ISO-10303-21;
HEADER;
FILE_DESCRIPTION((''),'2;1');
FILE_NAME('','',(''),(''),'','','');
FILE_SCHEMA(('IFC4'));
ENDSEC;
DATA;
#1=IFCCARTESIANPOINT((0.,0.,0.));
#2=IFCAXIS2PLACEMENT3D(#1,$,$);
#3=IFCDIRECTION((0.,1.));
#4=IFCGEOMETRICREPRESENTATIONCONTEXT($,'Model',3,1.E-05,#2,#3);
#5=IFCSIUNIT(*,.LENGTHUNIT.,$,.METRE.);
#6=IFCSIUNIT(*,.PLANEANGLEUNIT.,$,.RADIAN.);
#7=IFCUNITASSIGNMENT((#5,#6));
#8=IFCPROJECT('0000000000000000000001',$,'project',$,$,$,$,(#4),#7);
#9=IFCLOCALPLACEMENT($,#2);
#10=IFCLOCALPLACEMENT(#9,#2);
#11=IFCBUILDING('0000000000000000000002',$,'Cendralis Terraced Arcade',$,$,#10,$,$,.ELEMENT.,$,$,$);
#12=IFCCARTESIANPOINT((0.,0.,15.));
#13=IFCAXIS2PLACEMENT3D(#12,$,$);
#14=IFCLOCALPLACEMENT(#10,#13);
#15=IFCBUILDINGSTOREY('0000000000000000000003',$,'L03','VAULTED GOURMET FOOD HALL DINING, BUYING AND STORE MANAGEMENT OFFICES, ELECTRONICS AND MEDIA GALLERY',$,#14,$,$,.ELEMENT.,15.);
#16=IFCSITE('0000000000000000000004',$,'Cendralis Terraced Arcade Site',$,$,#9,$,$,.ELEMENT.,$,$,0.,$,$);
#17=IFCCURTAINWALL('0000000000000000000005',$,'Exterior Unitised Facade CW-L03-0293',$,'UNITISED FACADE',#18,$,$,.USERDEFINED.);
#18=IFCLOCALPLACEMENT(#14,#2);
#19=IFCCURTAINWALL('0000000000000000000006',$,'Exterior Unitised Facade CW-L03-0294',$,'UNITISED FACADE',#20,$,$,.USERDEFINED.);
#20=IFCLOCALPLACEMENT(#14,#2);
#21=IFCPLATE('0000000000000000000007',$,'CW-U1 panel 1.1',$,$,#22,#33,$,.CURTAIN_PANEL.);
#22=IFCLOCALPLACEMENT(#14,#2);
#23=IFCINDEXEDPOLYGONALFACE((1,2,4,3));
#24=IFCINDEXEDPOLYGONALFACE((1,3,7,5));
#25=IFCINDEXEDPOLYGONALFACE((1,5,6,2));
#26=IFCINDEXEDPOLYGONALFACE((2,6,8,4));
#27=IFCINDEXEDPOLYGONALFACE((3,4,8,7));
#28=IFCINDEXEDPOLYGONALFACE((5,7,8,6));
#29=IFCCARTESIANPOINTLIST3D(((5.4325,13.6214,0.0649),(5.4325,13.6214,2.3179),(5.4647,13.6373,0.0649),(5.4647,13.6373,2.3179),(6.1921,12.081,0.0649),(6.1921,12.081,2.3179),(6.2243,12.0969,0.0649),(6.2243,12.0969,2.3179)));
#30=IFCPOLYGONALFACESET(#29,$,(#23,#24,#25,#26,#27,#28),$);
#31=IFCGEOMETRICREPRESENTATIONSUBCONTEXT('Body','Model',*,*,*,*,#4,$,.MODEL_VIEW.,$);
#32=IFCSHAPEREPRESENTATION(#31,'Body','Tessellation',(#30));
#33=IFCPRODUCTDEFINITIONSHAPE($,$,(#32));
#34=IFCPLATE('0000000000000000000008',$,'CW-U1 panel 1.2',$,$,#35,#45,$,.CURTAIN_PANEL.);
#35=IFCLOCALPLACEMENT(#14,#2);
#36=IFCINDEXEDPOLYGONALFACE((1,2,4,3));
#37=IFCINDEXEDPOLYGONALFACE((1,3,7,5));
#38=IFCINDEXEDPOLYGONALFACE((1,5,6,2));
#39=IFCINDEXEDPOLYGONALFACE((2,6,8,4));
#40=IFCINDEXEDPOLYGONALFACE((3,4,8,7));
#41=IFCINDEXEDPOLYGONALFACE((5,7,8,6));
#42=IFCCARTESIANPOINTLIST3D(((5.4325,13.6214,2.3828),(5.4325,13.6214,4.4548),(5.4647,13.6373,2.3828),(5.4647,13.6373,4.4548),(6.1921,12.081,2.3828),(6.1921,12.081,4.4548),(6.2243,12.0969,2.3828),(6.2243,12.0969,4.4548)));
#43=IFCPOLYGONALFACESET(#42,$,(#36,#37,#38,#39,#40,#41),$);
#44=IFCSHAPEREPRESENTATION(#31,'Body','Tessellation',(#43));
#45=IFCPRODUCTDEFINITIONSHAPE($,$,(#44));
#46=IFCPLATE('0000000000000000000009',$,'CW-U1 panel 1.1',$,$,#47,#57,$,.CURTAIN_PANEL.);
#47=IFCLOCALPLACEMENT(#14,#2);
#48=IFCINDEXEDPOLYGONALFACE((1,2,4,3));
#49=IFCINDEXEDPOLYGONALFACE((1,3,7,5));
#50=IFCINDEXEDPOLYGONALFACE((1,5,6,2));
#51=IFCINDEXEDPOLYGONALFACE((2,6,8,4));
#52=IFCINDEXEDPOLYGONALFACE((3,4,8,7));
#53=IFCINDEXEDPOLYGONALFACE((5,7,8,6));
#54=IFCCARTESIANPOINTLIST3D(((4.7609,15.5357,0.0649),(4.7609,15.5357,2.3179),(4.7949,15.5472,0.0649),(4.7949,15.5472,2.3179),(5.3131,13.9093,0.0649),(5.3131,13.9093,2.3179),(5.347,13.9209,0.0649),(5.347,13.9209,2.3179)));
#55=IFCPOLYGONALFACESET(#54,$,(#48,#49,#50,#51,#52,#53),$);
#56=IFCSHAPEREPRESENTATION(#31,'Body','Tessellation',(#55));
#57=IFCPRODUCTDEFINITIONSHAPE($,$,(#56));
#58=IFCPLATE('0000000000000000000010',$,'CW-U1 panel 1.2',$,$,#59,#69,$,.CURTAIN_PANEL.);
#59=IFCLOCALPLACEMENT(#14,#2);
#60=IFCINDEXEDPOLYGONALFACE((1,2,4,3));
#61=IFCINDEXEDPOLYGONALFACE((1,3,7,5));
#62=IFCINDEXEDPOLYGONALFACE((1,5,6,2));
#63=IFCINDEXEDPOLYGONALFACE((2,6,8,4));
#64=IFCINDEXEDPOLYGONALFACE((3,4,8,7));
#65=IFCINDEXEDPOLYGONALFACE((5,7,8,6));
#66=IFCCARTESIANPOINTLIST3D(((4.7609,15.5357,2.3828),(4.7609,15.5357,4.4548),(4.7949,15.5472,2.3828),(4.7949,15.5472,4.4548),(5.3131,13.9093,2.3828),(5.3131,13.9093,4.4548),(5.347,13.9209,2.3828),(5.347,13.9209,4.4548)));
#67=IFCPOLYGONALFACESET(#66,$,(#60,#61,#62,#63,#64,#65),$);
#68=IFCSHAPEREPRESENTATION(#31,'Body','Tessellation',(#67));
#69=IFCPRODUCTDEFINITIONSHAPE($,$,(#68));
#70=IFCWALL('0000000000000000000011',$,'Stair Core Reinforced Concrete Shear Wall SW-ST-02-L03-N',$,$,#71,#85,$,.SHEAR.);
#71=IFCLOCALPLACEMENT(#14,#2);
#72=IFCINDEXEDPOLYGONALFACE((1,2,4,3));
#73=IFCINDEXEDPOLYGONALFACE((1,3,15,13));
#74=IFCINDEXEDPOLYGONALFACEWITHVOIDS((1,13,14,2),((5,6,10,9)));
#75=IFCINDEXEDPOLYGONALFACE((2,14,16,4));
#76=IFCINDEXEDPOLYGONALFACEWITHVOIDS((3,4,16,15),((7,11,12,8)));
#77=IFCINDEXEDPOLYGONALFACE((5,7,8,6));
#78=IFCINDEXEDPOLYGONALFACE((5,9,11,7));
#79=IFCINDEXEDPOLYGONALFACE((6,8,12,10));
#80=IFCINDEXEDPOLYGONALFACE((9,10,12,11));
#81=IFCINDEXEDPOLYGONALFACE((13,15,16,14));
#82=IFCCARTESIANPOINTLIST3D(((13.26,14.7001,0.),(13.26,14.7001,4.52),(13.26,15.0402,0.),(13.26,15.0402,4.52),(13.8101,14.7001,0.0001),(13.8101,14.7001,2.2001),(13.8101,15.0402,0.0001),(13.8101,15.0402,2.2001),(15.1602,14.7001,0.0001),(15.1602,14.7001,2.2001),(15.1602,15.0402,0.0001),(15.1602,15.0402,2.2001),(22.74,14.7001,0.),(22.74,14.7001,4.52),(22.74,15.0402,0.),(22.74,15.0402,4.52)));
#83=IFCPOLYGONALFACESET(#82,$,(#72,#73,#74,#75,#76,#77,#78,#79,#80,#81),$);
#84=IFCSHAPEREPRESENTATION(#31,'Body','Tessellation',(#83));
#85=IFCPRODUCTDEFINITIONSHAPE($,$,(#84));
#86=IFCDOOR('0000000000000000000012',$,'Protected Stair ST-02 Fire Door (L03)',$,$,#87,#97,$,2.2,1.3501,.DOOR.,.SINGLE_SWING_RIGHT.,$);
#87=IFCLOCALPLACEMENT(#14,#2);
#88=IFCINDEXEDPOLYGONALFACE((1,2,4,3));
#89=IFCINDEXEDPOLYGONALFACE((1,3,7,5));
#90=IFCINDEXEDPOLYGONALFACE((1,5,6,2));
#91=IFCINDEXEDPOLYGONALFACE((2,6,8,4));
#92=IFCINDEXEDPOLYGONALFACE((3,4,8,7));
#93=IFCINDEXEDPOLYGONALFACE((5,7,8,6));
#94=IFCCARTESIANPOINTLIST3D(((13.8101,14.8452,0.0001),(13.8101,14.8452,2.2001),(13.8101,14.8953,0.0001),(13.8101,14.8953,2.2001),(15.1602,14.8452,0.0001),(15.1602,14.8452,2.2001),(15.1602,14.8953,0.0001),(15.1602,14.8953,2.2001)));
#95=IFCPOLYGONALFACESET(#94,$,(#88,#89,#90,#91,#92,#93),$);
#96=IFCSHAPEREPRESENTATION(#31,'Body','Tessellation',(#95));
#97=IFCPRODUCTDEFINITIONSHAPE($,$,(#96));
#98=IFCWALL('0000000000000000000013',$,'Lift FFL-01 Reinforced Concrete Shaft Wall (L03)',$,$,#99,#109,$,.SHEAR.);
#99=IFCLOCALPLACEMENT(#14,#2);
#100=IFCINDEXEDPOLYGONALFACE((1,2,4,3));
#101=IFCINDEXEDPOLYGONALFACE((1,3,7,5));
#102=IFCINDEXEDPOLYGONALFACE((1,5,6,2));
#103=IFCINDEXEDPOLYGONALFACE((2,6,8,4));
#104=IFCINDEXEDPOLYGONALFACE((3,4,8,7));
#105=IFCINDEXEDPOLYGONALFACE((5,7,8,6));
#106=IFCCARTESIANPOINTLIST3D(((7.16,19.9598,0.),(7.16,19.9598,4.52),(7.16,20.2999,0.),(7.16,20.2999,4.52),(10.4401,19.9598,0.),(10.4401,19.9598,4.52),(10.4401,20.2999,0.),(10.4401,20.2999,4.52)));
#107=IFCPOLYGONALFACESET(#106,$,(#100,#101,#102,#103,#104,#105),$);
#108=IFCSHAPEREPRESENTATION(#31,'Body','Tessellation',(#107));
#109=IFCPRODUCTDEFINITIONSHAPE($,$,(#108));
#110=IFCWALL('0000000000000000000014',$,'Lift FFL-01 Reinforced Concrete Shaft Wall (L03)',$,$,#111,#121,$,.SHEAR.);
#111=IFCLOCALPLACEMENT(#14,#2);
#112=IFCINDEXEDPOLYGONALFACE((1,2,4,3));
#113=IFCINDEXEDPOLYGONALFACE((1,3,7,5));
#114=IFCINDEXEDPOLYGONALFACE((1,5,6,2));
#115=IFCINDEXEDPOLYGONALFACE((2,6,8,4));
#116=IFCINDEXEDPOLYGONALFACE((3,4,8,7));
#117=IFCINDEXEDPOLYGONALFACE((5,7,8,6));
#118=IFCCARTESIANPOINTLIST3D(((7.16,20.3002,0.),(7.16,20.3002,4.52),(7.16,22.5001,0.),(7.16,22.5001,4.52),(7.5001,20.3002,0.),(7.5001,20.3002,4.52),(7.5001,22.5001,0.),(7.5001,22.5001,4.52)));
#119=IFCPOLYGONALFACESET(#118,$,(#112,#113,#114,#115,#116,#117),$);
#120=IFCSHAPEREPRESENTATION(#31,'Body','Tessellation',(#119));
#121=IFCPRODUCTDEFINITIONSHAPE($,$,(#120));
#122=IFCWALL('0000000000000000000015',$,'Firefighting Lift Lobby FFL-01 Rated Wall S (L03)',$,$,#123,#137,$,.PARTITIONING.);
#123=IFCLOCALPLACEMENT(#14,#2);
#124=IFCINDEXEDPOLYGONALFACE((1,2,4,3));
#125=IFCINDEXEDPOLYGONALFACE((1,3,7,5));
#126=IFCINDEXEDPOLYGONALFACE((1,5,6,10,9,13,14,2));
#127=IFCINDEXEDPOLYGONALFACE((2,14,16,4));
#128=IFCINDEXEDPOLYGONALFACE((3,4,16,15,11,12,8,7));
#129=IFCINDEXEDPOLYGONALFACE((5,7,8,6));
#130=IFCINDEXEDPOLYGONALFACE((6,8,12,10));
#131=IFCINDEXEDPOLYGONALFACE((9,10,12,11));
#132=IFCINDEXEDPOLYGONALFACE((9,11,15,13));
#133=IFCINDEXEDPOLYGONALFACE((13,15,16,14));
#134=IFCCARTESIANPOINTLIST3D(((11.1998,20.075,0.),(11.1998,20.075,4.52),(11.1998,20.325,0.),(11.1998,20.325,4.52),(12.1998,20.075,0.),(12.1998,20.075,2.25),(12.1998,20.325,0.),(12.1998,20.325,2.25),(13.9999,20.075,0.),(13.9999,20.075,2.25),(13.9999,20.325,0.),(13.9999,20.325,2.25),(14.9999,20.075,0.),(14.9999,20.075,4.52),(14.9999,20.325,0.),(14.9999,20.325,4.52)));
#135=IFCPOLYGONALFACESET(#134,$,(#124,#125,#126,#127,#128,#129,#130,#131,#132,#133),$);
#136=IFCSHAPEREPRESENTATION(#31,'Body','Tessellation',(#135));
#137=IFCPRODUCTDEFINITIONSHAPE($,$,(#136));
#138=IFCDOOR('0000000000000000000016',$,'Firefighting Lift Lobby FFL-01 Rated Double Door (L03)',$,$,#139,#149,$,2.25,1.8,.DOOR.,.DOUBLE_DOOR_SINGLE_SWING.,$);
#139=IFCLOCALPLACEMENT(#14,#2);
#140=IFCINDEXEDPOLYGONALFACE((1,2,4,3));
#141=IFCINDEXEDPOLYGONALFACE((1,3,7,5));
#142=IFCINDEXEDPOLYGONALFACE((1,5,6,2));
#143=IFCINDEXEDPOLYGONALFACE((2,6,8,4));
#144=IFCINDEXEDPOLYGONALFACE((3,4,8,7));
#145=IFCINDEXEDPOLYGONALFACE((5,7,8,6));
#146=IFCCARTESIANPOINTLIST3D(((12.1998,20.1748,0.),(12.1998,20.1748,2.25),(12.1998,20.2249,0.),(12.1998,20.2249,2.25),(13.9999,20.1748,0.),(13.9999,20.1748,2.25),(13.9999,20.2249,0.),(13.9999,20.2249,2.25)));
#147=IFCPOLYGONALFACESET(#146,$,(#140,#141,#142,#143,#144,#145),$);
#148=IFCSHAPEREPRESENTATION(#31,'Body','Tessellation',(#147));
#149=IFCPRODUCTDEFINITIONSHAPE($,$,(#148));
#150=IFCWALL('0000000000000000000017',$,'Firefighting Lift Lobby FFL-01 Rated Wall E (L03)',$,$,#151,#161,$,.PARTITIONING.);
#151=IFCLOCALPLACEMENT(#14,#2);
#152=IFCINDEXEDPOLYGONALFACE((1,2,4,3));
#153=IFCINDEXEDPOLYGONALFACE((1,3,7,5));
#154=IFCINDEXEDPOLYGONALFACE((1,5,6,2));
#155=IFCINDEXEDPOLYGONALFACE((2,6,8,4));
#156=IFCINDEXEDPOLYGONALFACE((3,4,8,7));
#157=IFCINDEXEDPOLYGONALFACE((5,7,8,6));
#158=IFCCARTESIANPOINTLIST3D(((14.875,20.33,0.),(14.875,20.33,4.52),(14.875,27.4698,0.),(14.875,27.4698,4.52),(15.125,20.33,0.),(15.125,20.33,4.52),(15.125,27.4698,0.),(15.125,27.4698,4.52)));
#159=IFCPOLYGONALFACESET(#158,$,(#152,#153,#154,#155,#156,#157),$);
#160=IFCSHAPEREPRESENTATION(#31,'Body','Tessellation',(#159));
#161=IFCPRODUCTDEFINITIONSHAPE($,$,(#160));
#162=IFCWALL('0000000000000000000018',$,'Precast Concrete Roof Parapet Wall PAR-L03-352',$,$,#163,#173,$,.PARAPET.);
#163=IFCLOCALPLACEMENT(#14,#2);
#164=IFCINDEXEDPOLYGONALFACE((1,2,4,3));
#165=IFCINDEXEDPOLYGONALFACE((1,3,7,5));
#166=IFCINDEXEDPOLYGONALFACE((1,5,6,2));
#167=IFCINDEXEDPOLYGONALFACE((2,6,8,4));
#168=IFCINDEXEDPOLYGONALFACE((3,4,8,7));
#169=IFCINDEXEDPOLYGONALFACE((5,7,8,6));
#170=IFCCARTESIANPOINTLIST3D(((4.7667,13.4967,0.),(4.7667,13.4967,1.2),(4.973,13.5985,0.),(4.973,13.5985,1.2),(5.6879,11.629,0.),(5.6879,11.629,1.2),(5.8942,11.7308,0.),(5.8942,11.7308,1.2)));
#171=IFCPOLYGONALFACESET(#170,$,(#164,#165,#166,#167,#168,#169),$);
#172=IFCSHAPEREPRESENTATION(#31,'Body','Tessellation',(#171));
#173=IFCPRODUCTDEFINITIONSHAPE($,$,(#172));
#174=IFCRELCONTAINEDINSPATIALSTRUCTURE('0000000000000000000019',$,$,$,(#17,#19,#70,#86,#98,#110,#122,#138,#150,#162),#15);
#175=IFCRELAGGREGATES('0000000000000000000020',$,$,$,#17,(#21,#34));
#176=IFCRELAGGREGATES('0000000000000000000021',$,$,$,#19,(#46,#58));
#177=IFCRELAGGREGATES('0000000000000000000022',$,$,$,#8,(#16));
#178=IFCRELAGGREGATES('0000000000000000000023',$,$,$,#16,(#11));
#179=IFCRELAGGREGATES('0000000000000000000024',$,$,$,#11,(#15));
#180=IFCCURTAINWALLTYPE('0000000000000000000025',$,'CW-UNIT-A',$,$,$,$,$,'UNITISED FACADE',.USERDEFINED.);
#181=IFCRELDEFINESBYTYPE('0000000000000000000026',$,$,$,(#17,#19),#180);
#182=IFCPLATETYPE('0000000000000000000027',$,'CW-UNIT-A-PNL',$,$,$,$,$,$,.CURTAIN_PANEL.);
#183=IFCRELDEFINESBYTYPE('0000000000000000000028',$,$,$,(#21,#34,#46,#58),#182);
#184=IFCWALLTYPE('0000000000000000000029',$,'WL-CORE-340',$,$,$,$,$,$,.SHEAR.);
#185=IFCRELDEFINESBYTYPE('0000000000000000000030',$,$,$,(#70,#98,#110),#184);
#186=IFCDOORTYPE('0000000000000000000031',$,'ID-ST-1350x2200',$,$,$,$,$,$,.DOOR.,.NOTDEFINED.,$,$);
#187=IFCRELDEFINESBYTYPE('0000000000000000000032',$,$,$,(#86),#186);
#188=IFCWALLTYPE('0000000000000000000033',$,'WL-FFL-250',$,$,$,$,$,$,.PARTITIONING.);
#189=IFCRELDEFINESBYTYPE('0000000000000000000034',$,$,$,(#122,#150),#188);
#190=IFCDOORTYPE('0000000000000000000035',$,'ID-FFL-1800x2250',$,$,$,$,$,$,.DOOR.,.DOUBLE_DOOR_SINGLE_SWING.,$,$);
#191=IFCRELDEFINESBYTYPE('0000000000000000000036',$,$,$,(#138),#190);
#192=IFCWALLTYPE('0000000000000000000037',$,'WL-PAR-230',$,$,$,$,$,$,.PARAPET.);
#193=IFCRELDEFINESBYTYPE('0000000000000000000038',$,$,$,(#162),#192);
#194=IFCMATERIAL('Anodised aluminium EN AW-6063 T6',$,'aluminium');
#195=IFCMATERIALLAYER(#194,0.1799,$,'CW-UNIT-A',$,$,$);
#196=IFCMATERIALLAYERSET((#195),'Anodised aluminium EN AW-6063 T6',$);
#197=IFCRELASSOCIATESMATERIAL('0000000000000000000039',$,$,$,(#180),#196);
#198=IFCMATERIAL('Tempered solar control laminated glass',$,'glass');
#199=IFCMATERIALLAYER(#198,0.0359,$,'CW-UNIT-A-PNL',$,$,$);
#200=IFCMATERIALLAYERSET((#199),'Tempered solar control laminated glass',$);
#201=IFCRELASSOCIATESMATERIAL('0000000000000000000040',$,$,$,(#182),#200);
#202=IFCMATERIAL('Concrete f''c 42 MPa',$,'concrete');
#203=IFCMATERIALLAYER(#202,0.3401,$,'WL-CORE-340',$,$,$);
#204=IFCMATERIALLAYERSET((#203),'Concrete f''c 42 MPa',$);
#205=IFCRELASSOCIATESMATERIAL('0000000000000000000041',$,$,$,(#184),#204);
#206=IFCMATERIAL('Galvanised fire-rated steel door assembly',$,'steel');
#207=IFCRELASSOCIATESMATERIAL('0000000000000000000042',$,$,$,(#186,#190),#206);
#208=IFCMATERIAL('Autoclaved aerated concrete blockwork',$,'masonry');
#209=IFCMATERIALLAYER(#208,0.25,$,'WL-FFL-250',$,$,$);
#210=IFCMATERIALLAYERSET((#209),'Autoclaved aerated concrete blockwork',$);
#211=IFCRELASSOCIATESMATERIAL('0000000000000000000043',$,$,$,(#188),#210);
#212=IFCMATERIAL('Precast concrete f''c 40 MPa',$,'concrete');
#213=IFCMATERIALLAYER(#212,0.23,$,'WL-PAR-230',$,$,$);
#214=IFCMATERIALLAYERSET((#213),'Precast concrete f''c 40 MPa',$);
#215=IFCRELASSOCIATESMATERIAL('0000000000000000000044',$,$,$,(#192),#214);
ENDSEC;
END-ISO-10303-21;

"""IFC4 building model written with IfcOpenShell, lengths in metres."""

from ifc_helpers import new_model, si_unit, direction, frame, frame_2d, origin, origin_2d, place, context, subcontext, project, spatial, rectangle, extrude, material, layer, layer_set, type_object, element, fill, aggregate, save


model = new_model("IFC4")

# Units and contexts
model_context = context("Model", 3, precision=1e-05, world=origin(), true_north=direction((0.0, 1.0)))
body_context = subcontext(model_context, "Body", "Model", "MODEL_VIEW")
ifc_project = project(units=[si_unit("LENGTHUNIT", "METRE"), si_unit("PLANEANGLEUNIT", "RADIAN")], contexts=[model_context])

# Site, building, storey
site_placement = place(None, origin())
site = spatial("IfcSite", under=ifc_project, at=site_placement, Name="Cendralis Terraced Arcade Site", CompositionType="ELEMENT", RefElevation=0.0)
building_placement = place(site_placement, origin())
building = spatial("IfcBuilding", under=site, at=building_placement, Name="Cendralis Terraced Arcade", CompositionType="ELEMENT")
storey_placement = place(building_placement, frame((0.0, 0.0, 15.0)))
storey = spatial("IfcBuildingStorey", under=building, at=storey_placement, Name="L03", Description="VAULTED GOURMET FOOD HALL DINING, BUYING AND STORE MANAGEMENT OFFICES, ELECTRONICS AND MEDIA GALLERY", CompositionType="ELEMENT", Elevation=15.0)

# Shared definitions
ifc_material_1 = material(Name="Concrete f'c 42 MPa", Category="concrete")

# Curtain wall
ifc_material_2 = material(Name="Anodised aluminium EN AW-6063 T6", Category="aluminium")
ifc_layer_1 = layer(ifc_material_2, 0.1799, Name="CW-UNIT-A")
ifc_layer_set_1 = layer_set([ifc_layer_1], Name="Anodised aluminium EN AW-6063 T6")
curtain_wall_type = type_object("IfcCurtainWallType", Name="CW-UNIT-A", ElementType="UNITISED FACADE", PredefinedType="USERDEFINED", material=ifc_layer_set_1)
curtain_wall_1_placement = place(storey_placement, origin())
curtain_wall_1 = element("IfcCurtainWall", 1, at=curtain_wall_1_placement, inside=storey, type_object=curtain_wall_type, Name="Exterior Unitised Facade CW-L03-0293", ObjectType="UNITISED FACADE", PredefinedType="USERDEFINED")

# Curtain wall
curtain_wall_2_placement = place(storey_placement, origin())
curtain_wall_2 = element("IfcCurtainWall", 2, at=curtain_wall_2_placement, inside=storey, type_object=curtain_wall_type, Name="Exterior Unitised Facade CW-L03-0294", ObjectType="UNITISED FACADE", PredefinedType="USERDEFINED")

# Plates
ifc_material_3 = material(Name="Tempered solar control laminated glass", Category="glass")
ifc_layer_2 = layer(ifc_material_3, 0.0359, Name="CW-UNIT-A-PNL")
ifc_layer_set_2 = layer_set([ifc_layer_2], Name="Tempered solar control laminated glass")
plate_type = type_object("IfcPlateType", Name="CW-UNIT-A-PNL", PredefinedType="CURTAIN_PANEL", material=ifc_layer_set_2)
plate_1_placement = place(storey_placement, frame((5.8284, 12.8591, 0.0649), z_axis=(0.0, 0.0, 1.0), x_axis=(-0.44227, 0.896882, 0.0)))
plate_1 = element("IfcPlate", 3, at=plate_1_placement, type_object=plate_type, Name="CW-U1 panel 1.1", PredefinedType="CURTAIN_PANEL", context=body_context, shape_type="SweptSolid", body=[
    extrude(rectangle(XDim=1.7175, YDim=0.0359, at=origin_2d()), origin(), (0.0, 0.0, 1.0), 2.2529),
])
plate_2_placement = place(storey_placement, frame((5.8284, 12.8591, 2.3828), z_axis=(0.0, 0.0, 1.0), x_axis=(-0.44227, 0.896882, 0.0)))
plate_2 = element("IfcPlate", 4, at=plate_2_placement, type_object=plate_type, Name="CW-U1 panel 1.2", PredefinedType="CURTAIN_PANEL", context=body_context, shape_type="SweptSolid", body=[
    extrude(rectangle(XDim=1.7175, YDim=0.0359, at=origin_2d()), origin(), (0.0, 0.0, 1.0), 2.072),
])
aggregate(curtain_wall_1, [plate_1, plate_2])
plate_3_placement = place(storey_placement, frame((5.054, 14.7283, 0.0649), z_axis=(0.0, 0.0, 1.0), x_axis=(-0.3215, 0.94691, 0.0)))
plate_3 = element("IfcPlate", 5, at=plate_3_placement, type_object=plate_type, Name="CW-U1 panel 1.1", PredefinedType="CURTAIN_PANEL", context=body_context, shape_type="SweptSolid", body=[
    extrude(rectangle(XDim=1.7175, YDim=0.0359, at=origin_2d()), origin(), (0.0, 0.0, 1.0), 2.2529),
])
plate_4_placement = place(storey_placement, frame((5.054, 14.7283, 2.3828), z_axis=(0.0, 0.0, 1.0), x_axis=(-0.3215, 0.94691, 0.0)))
plate_4 = element("IfcPlate", 6, at=plate_4_placement, type_object=plate_type, Name="CW-U1 panel 1.2", PredefinedType="CURTAIN_PANEL", context=body_context, shape_type="SweptSolid", body=[
    extrude(rectangle(XDim=1.7175, YDim=0.0359, at=origin_2d()), origin(), (0.0, 0.0, 1.0), 2.072),
])
aggregate(curtain_wall_2, [plate_3, plate_4])

# Wall, opening, door
ifc_layer_3 = layer(ifc_material_1, 0.3401, Name="WL-CORE-340")
ifc_layer_set_3 = layer_set([ifc_layer_3], Name="Concrete f'c 42 MPa")
wall_type_1 = type_object("IfcWallType", Name="WL-CORE-340", PredefinedType="SHEAR", material=ifc_layer_set_3)
wall_1_placement = place(storey_placement, frame((13.26, 14.8701, 0.0), z_axis=(0.0, 0.0, 1.0), x_axis=(1.0, 0.0, 0.0)))
wall_1 = element("IfcWall", 7, at=wall_1_placement, inside=storey, type_object=wall_type_1, Name="Stair Core Reinforced Concrete Shear Wall SW-ST-02-L03-N", PredefinedType="SHEAR", context=body_context, shape_type="SweptSolid", body=[
    extrude(rectangle(XDim=9.48, YDim=0.3401, at=frame_2d((4.74, 0.0))), origin(), (0.0, 0.0, 1.0), 4.52),
])
opening_1_placement = place(wall_1_placement, frame((0.55, 0.0, 0.0)))
opening_1 = element("IfcOpeningElement", 8, at=opening_1_placement, cuts=wall_1, PredefinedType="OPENING", context=body_context, shape_type="SweptSolid", body=[
    extrude(rectangle(XDim=1.3501, YDim=2.2, at=frame_2d((0.675, 1.1001))), frame((0.0, 0.1821, 0.0), z_axis=(0.0, -1.0, 0.0), x_axis=(1.0, 0.0, 0.0)), (0.0, 0.0, 1.0), 0.364),
])
ifc_material_4 = material(Name="Galvanised fire-rated steel door assembly", Category="steel")
door_type_1 = type_object("IfcDoorType", Name="ID-ST-1350x2200", OperationType="NOTDEFINED", PredefinedType="DOOR", material=ifc_material_4)
door_1_placement = place(opening_1_placement, frame((1.3501, 0.0, 0.0), z_axis=(0.0, 0.0, 1.0), x_axis=(-1.0, 0.0, 0.0)))
door_1 = element("IfcDoor", 9, at=door_1_placement, inside=storey, type_object=door_type_1, Name="Protected Stair ST-02 Fire Door (L03)", OperationType="SINGLE_SWING_RIGHT", OverallHeight=2.2, OverallWidth=1.3501, PredefinedType="DOOR", context=body_context, shape_type="SweptSolid", body=[
    extrude(rectangle(XDim=1.3501, YDim=2.2, at=frame_2d((0.675, 1.1001))), frame((0.0, 0.0249, 0.0), z_axis=(0.0, -1.0, 0.0), x_axis=(1.0, 0.0, 0.0)), (0.0, 0.0, 1.0), 0.05),
])
fill(opening_1, door_1)

# Walls
wall_2_placement = place(storey_placement, frame((7.1599, 20.1299, 0.0), z_axis=(0.0, 0.0, 1.0), x_axis=(1.0, 0.0, 0.0)))
element("IfcWall", 10, at=wall_2_placement, inside=storey, type_object=wall_type_1, Name="Lift FFL-01 Reinforced Concrete Shaft Wall (L03)", PredefinedType="SHEAR", context=body_context, shape_type="SweptSolid", body=[
    extrude(rectangle(XDim=3.28, YDim=0.3401, at=frame_2d((1.6401, 0.0))), origin(), (0.0, 0.0, 1.0), 4.52),
])
wall_3_placement = place(storey_placement, frame((7.3301, 20.3, 0.0), z_axis=(0.0, 0.0, 1.0), x_axis=(0.0, 1.0, 0.0)))
element("IfcWall", 11, at=wall_3_placement, inside=storey, type_object=wall_type_1, Name="Lift FFL-01 Reinforced Concrete Shaft Wall (L03)", PredefinedType="SHEAR", context=body_context, shape_type="SweptSolid", body=[
    extrude(rectangle(XDim=2.2, YDim=0.3401, at=frame_2d((1.1001, 0.0))), origin(), (0.0, 0.0, 1.0), 4.52),
])

# Wall, opening, door
ifc_material_5 = material(Name="Autoclaved aerated concrete blockwork", Category="masonry")
ifc_layer_4 = layer(ifc_material_5, 0.25, Name="WL-FFL-250")
ifc_layer_set_4 = layer_set([ifc_layer_4], Name="Autoclaved aerated concrete blockwork")
wall_type_2 = type_object("IfcWallType", Name="WL-FFL-250", PredefinedType="PARTITIONING", material=ifc_layer_set_4)
wall_4_placement = place(storey_placement, frame((11.2, 20.2, 0.0), z_axis=(0.0, 0.0, 1.0), x_axis=(1.0, 0.0, 0.0)))
wall_4 = element("IfcWall", 12, at=wall_4_placement, inside=storey, type_object=wall_type_2, Name="Firefighting Lift Lobby FFL-01 Rated Wall S (L03)", PredefinedType="PARTITIONING", context=body_context, shape_type="SweptSolid", body=[
    extrude(rectangle(XDim=3.8, YDim=0.25, at=frame_2d((1.8999, 0.0))), origin(), (0.0, 0.0, 1.0), 4.52),
])
opening_2_placement = place(wall_4_placement, frame((1.0, 0.0, 0.0)))
opening_2 = element("IfcOpeningElement", 13, at=opening_2_placement, cuts=wall_4, PredefinedType="OPENING", context=body_context, shape_type="SweptSolid", body=[
    extrude(rectangle(XDim=1.8, YDim=2.25, at=frame_2d((0.8999, 1.125))), frame((0.0, 0.137, 0.0), z_axis=(0.0, -1.0, 0.0), x_axis=(1.0, 0.0, 0.0)), (0.0, 0.0, 1.0), 0.2739),
])
door_type_2 = type_object("IfcDoorType", Name="ID-FFL-1800x2250", OperationType="DOUBLE_DOOR_SINGLE_SWING", PredefinedType="DOOR", material=ifc_material_4)
door_2_placement = place(opening_2_placement, origin())
door_2 = element("IfcDoor", 14, at=door_2_placement, inside=storey, type_object=door_type_2, Name="Firefighting Lift Lobby FFL-01 Rated Double Door (L03)", OperationType="DOUBLE_DOOR_SINGLE_SWING", OverallHeight=2.25, OverallWidth=1.8, PredefinedType="DOOR", context=body_context, shape_type="SweptSolid", body=[
    extrude(rectangle(XDim=1.8, YDim=2.25, at=frame_2d((0.8999, 1.125))), frame((0.0, 0.0249, 0.0), z_axis=(0.0, -1.0, 0.0), x_axis=(1.0, 0.0, 0.0)), (0.0, 0.0, 1.0), 0.05),
])
fill(opening_2, door_2)

# Walls
wall_5_placement = place(storey_placement, frame((15.0, 20.3301, 0.0), z_axis=(0.0, 0.0, 1.0), x_axis=(0.0, 1.0, 0.0)))
element("IfcWall", 15, at=wall_5_placement, inside=storey, type_object=wall_type_2, Name="Firefighting Lift Lobby FFL-01 Rated Wall E (L03)", PredefinedType="PARTITIONING", context=body_context, shape_type="SweptSolid", body=[
    extrude(rectangle(XDim=7.1399, YDim=0.25, at=frame_2d((3.5698, 0.0))), origin(), (0.0, 0.0, 1.0), 4.52),
])
ifc_material_6 = material(Name="Precast concrete f'c 40 MPa", Category="concrete")
ifc_layer_5 = layer(ifc_material_6, 0.23, Name="WL-PAR-230")
ifc_layer_set_5 = layer_set([ifc_layer_5], Name="Precast concrete f'c 40 MPa")
wall_type_3 = type_object("IfcWallType", Name="WL-PAR-230", PredefinedType="PARAPET", material=ifc_layer_set_5)
wall_6_placement = place(storey_placement, frame((4.8699, 13.5476, 0.0), z_axis=(0.0, 0.0, 1.0), x_axis=(0.44233, -0.896852, 0.0)))
element("IfcWall", 16, at=wall_6_placement, inside=storey, type_object=wall_type_3, Name="Precast Concrete Roof Parapet Wall PAR-L03-352", PredefinedType="PARAPET", context=body_context, shape_type="SweptSolid", body=[
    extrude(rectangle(XDim=2.0825, YDim=0.23, at=frame_2d((1.0413, 0.0))), origin(), (0.0, 0.0, 1.0), 1.2),
])

save(model, "model.ifc")
